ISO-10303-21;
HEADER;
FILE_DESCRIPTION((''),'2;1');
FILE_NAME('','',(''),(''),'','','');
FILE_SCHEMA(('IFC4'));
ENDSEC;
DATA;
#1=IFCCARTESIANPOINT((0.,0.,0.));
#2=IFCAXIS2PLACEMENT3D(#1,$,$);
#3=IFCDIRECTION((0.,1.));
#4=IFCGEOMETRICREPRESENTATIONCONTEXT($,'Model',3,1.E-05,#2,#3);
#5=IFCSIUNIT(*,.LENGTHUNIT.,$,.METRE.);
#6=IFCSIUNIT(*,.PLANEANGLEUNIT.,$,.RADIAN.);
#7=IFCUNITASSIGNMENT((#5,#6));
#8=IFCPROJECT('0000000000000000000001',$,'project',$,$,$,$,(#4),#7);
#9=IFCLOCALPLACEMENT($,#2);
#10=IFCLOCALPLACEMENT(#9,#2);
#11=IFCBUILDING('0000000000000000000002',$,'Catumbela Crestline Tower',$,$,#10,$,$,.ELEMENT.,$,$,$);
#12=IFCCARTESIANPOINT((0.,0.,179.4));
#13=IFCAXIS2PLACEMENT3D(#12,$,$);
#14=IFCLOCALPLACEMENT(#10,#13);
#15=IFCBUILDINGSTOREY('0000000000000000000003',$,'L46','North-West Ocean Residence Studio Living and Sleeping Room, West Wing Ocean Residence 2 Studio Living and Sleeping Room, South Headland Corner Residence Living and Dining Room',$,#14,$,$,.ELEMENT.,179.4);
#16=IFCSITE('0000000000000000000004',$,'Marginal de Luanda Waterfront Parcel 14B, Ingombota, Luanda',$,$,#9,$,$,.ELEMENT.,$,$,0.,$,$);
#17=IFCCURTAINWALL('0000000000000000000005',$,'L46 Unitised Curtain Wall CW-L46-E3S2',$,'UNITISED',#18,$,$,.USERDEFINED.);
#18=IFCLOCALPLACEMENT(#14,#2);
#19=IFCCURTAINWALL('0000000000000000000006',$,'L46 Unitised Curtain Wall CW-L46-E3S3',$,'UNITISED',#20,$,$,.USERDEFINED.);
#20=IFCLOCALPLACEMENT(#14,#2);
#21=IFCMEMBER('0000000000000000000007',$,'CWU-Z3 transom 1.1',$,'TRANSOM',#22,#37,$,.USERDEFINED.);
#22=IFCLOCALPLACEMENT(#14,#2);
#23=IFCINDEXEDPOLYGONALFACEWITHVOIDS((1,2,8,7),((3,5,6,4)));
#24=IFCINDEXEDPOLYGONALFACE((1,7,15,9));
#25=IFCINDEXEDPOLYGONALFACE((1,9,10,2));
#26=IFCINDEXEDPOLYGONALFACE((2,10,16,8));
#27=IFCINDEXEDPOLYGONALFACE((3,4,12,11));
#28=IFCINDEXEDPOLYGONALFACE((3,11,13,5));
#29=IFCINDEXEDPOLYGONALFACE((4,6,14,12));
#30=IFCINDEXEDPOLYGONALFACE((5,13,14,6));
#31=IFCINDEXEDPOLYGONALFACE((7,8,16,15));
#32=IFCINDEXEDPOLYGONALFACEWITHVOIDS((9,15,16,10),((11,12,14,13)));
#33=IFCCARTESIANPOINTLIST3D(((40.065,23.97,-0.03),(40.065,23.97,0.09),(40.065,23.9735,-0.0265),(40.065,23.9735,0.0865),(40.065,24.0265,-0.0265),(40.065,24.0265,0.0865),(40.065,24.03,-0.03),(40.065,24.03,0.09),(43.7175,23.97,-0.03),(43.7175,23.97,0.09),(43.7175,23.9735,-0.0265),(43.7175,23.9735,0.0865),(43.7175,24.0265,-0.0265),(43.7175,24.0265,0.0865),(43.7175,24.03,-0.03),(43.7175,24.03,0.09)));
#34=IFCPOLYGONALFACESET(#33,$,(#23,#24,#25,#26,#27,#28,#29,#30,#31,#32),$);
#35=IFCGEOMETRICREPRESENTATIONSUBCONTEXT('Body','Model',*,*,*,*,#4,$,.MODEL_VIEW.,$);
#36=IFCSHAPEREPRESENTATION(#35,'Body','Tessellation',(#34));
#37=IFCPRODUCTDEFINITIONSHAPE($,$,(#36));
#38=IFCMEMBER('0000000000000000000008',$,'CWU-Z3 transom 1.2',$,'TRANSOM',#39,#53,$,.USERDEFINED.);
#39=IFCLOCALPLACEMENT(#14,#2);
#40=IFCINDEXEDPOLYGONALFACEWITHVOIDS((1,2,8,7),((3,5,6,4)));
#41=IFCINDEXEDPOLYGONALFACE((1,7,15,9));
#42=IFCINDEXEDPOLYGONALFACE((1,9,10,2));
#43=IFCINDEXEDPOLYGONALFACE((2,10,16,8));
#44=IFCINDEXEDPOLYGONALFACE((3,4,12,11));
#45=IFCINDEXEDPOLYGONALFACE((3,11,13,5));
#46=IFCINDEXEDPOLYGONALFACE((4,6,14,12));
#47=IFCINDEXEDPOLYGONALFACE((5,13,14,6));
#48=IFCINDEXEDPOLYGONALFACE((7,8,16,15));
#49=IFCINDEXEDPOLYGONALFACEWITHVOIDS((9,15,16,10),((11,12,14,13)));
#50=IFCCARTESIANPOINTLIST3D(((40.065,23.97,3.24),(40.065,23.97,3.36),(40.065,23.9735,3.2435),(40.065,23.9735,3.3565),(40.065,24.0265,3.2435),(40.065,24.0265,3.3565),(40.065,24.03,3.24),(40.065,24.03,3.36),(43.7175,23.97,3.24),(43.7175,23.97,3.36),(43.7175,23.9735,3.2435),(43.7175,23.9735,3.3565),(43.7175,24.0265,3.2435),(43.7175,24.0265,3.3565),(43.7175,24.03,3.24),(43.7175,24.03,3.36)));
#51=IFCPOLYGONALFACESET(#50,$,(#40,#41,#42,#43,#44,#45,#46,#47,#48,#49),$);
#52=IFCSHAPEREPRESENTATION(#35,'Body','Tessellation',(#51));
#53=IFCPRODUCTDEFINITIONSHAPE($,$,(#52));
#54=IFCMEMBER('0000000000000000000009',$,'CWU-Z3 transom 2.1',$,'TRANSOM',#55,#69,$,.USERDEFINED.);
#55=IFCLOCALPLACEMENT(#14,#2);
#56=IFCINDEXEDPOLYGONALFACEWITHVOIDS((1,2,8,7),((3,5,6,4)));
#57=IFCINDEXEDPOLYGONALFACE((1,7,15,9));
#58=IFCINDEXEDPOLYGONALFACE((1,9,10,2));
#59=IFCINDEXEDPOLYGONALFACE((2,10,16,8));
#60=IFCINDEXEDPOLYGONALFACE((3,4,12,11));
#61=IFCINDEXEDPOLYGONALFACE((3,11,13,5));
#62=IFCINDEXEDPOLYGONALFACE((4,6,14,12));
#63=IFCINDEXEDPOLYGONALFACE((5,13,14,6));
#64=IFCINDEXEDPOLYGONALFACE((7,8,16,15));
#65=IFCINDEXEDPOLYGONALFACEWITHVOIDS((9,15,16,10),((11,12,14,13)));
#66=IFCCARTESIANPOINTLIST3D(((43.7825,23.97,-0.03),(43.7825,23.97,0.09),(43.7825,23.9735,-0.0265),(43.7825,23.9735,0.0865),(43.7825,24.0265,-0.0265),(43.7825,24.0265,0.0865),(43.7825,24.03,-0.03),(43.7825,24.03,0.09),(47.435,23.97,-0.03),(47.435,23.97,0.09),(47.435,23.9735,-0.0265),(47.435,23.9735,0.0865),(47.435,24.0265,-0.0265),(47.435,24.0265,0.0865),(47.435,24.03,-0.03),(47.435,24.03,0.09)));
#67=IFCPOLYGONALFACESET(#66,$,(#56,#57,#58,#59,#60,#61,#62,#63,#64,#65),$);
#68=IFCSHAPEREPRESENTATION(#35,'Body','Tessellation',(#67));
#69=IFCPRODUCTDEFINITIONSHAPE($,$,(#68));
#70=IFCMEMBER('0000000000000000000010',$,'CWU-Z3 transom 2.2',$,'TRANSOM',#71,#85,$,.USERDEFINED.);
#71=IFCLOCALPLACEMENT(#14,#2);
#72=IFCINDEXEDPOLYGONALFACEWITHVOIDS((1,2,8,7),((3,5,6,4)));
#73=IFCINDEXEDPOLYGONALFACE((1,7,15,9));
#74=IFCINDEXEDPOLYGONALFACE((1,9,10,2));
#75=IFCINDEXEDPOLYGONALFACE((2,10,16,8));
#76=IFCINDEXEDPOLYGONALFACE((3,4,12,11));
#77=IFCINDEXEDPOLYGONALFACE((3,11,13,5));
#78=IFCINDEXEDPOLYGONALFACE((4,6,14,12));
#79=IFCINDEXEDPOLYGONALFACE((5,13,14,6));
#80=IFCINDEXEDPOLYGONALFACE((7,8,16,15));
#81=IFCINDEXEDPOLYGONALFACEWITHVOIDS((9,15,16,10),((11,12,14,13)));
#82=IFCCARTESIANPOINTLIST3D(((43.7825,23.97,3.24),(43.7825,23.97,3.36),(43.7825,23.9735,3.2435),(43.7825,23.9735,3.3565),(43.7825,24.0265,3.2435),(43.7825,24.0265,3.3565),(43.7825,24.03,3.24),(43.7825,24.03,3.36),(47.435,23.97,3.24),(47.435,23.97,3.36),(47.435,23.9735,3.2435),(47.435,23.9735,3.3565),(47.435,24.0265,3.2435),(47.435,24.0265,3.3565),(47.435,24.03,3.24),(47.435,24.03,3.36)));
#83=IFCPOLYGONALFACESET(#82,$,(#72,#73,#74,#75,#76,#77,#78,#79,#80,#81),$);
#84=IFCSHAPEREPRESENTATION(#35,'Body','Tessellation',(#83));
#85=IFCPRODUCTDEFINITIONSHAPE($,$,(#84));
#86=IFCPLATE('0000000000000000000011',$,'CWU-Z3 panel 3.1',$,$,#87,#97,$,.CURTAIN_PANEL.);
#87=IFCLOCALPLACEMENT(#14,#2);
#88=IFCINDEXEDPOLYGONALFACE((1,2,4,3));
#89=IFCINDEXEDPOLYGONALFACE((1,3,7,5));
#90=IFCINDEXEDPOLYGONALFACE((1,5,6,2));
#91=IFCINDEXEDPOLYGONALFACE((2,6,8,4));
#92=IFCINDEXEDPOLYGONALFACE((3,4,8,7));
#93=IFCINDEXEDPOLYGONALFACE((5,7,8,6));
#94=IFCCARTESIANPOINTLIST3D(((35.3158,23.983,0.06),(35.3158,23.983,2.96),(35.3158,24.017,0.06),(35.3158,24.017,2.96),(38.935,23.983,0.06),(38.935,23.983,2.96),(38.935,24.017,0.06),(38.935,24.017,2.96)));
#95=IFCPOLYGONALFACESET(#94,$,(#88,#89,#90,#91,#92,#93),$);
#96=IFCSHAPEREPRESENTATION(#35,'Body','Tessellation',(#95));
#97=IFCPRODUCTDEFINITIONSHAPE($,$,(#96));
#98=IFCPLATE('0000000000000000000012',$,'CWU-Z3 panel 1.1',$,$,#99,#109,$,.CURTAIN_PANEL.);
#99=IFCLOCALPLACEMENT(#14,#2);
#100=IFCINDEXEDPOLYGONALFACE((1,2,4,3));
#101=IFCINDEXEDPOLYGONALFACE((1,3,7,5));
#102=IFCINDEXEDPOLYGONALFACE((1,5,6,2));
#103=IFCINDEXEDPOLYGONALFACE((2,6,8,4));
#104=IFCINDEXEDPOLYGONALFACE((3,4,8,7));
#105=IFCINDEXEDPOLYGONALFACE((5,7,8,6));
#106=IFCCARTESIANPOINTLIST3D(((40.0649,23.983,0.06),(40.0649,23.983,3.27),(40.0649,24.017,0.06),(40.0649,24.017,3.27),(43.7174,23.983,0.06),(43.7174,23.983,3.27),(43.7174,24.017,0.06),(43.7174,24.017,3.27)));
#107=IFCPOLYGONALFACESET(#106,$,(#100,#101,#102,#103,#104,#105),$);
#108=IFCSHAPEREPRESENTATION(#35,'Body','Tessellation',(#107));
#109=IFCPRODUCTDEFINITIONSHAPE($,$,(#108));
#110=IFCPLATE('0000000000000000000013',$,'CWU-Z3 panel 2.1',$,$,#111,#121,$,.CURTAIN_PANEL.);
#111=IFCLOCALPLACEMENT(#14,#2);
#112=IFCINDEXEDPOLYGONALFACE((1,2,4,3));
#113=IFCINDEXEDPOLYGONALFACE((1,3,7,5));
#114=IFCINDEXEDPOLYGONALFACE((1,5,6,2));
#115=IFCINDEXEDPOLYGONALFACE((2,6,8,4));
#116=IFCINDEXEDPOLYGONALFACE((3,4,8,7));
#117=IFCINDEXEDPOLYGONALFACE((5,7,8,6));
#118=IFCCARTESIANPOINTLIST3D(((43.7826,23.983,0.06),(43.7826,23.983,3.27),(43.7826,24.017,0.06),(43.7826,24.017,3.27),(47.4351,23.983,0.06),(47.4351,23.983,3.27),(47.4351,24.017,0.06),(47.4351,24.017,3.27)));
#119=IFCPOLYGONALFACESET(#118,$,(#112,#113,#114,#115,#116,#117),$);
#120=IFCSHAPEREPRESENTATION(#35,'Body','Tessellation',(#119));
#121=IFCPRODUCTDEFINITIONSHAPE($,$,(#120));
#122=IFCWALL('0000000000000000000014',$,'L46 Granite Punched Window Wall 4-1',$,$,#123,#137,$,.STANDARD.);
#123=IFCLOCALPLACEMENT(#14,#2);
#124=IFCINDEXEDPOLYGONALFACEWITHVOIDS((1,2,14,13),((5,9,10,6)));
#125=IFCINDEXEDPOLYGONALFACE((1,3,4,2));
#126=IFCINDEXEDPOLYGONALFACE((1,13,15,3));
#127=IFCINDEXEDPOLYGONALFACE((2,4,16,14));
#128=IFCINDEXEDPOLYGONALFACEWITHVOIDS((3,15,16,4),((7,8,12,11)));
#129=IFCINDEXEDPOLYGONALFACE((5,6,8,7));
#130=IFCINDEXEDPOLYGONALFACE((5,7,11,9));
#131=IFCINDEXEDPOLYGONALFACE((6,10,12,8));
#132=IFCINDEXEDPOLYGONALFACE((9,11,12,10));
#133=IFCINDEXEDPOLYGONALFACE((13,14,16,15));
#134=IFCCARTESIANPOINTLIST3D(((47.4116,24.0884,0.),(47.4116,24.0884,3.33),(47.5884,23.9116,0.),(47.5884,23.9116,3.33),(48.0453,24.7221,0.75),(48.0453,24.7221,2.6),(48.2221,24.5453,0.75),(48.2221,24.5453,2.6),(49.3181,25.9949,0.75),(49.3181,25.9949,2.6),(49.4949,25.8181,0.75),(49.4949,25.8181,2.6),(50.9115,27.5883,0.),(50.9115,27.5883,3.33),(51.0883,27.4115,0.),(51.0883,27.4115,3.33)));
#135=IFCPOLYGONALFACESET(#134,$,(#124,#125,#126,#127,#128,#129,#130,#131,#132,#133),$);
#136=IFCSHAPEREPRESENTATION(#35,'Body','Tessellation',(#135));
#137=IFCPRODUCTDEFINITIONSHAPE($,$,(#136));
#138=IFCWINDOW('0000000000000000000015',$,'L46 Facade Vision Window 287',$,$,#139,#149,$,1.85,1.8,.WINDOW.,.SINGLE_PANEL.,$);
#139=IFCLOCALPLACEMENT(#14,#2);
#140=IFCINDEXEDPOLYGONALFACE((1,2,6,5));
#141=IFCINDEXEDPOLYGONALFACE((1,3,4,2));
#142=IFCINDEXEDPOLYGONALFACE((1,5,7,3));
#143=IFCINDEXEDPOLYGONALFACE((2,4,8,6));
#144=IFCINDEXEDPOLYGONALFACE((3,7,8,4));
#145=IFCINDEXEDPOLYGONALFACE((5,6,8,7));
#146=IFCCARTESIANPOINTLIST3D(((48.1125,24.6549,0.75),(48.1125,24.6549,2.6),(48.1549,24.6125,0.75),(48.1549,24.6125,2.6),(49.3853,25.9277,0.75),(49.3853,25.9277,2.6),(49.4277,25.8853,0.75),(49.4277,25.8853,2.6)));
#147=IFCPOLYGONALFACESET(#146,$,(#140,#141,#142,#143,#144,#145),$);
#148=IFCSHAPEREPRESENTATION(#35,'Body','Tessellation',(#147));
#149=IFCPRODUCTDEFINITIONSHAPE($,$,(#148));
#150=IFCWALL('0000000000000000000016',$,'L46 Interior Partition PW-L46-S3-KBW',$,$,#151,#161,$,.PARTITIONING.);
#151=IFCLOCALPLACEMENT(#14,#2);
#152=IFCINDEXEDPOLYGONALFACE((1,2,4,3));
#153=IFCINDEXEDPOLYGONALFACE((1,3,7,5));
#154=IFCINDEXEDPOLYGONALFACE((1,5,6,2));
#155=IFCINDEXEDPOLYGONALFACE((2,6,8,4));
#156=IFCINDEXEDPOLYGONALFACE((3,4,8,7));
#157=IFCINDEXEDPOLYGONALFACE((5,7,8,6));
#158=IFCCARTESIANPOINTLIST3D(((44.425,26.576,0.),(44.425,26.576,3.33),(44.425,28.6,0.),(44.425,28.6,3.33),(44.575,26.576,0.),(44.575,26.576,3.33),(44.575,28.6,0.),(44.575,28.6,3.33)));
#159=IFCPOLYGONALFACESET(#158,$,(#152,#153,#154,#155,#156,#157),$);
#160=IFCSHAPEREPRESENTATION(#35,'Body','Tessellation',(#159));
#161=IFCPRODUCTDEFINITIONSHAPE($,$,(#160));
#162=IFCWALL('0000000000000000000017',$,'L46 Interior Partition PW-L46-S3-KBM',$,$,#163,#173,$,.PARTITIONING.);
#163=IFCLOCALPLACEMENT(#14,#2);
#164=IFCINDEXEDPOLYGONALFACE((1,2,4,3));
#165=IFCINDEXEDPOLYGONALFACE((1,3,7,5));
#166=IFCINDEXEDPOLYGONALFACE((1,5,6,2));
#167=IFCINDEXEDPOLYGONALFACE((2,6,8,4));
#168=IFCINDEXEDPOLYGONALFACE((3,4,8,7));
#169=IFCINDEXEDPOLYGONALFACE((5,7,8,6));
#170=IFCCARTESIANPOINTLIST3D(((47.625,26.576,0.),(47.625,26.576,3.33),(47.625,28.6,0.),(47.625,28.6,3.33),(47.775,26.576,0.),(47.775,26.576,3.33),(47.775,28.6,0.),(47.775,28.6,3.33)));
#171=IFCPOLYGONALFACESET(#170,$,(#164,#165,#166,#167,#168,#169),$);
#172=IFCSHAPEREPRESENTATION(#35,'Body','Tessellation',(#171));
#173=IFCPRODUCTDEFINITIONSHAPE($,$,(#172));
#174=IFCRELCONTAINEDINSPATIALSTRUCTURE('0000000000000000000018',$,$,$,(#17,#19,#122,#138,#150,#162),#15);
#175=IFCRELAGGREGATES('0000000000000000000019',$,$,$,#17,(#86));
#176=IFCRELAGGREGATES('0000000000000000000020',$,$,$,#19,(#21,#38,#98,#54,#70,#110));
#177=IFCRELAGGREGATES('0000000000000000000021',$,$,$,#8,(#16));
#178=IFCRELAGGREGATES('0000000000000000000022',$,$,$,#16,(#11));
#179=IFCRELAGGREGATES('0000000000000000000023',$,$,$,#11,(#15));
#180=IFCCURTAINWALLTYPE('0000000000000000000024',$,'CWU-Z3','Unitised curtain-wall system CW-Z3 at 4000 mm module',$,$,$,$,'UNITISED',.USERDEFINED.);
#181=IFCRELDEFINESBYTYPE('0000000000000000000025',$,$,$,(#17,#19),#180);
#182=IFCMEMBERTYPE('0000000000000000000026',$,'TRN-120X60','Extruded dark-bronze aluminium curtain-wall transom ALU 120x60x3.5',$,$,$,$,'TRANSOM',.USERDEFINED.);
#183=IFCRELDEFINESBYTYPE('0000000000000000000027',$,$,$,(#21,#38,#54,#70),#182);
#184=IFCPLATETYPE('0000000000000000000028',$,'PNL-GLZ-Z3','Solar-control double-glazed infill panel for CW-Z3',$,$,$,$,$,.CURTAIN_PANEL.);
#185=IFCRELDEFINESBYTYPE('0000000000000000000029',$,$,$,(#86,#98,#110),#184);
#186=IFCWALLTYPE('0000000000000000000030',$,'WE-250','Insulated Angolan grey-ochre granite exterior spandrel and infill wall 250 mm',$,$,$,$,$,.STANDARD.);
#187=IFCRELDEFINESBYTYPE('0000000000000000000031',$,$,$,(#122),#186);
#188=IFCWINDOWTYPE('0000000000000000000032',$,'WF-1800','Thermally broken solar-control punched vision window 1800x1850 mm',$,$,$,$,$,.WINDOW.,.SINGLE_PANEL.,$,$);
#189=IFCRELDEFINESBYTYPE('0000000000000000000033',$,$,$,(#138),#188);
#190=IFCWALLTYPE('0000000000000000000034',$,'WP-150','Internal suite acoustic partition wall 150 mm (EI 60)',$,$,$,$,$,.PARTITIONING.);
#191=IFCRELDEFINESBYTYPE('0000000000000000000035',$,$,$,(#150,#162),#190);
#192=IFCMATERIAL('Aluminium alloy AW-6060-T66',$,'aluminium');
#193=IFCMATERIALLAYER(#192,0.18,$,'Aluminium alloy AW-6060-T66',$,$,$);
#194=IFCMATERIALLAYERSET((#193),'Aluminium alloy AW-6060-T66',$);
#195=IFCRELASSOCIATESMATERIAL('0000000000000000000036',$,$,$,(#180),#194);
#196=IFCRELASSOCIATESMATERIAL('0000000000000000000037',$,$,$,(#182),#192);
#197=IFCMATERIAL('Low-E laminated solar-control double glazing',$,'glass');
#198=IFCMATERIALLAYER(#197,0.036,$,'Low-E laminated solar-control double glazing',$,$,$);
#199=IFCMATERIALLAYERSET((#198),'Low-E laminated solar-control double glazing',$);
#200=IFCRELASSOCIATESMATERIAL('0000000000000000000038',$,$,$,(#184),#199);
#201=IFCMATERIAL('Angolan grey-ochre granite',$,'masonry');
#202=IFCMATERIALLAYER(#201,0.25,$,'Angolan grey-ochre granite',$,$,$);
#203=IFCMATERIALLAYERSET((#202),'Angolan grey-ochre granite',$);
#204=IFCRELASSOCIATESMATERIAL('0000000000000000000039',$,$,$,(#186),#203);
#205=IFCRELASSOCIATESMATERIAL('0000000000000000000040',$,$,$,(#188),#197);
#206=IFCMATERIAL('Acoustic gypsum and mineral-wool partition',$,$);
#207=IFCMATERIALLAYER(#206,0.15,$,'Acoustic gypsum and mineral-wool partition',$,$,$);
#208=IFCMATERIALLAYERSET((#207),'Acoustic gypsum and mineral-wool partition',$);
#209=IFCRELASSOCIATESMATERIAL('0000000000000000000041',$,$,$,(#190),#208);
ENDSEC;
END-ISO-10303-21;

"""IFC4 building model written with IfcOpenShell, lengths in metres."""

from ifc_helpers import new_model, si_unit, direction, frame, frame_2d, origin, origin_2d, place, context, subcontext, project, spatial, rectangle, hollow_rectangle, extrude, material, layer, layer_set, material_profile, profile_set, type_object, element, fill, aggregate, save


model = new_model("IFC4")

# Units and contexts
model_context = context("Model", 3, precision=1e-05, world=origin(), true_north=direction((0.0, 1.0)))
body_context = subcontext(model_context, "Body", "Model", "MODEL_VIEW")
ifc_project = project(units=[si_unit("LENGTHUNIT", "METRE"), si_unit("PLANEANGLEUNIT", "RADIAN")], contexts=[model_context])

# Site, building, storey
site_placement = place(None, origin())
site = spatial("IfcSite", under=ifc_project, at=site_placement, Name="Marginal de Luanda Waterfront Parcel 14B, Ingombota, Luanda", CompositionType="ELEMENT", RefElevation=0.0)
building_placement = place(site_placement, origin())
building = spatial("IfcBuilding", under=site, at=building_placement, Name="Catumbela Crestline Tower", CompositionType="ELEMENT")
storey_placement = place(building_placement, frame((0.0, 0.0, 179.4)))
storey = spatial("IfcBuildingStorey", under=building, at=storey_placement, Name="L46", Description="North-West Ocean Residence Studio Living and Sleeping Room, West Wing Ocean Residence 2 Studio Living and Sleeping Room, South Headland Corner Residence Living and Dining Room", CompositionType="ELEMENT", Elevation=179.4)

# Curtain wall
ifc_material_1 = material(Name="Aluminium alloy AW-6060-T66", Category="aluminium")
ifc_layer_1 = layer(ifc_material_1, 0.18, Name="Aluminium alloy AW-6060-T66")
ifc_layer_set_1 = layer_set([ifc_layer_1], Name="Aluminium alloy AW-6060-T66")
curtain_wall_type = type_object("IfcCurtainWallType", Name="CWU-Z3", Description="Unitised curtain-wall system CW-Z3 at 4000 mm module", ElementType="UNITISED", PredefinedType="USERDEFINED", material=ifc_layer_set_1)
curtain_wall_1_placement = place(storey_placement, origin())
curtain_wall_1 = element("IfcCurtainWall", 1, at=curtain_wall_1_placement, inside=storey, type_object=curtain_wall_type, Name="L46 Unitised Curtain Wall CW-L46-E3S2", ObjectType="UNITISED", PredefinedType="USERDEFINED")

# Curtain wall, members
curtain_wall_2_placement = place(storey_placement, origin())
curtain_wall_2 = element("IfcCurtainWall", 2, at=curtain_wall_2_placement, inside=storey, type_object=curtain_wall_type, Name="L46 Unitised Curtain Wall CW-L46-E3S3", ObjectType="UNITISED", PredefinedType="USERDEFINED")
ifc_material_profile_1 = material_profile(ifc_material_1, hollow_rectangle(XDim=0.06, YDim=0.12, WallThickness=0.0035, at=origin_2d()), Name="ALU 120x60x3.5")
ifc_profile_set_1 = profile_set([ifc_material_profile_1], Name="Aluminium alloy AW-6060-T66")
member_type_1 = type_object("IfcMemberType", Name="TRN-120X60", Description="Extruded dark-bronze aluminium curtain-wall transom ALU 120x60x3.5", ElementType="TRANSOM", PredefinedType="USERDEFINED", material=ifc_profile_set_1)
member_1_placement = place(storey_placement, frame((40.065, 24.0, 0.03), z_axis=(1.0, 0.0, 0.0), x_axis=(0.0, 1.0, 0.0)))
member_1 = element("IfcMember", 3, at=member_1_placement, type_object=member_type_1, Name="CWU-Z3 transom 1.1", ObjectType="TRANSOM", PredefinedType="USERDEFINED", context=body_context, shape_type="SweptSolid", body=[
    extrude(hollow_rectangle(XDim=0.06, YDim=0.12, WallThickness=0.0035, at=origin_2d()), origin(), (0.0, 0.0, 1.0), 3.6525),
])
member_2_placement = place(storey_placement, frame((40.065, 24.0, 3.3), z_axis=(1.0, 0.0, 0.0), x_axis=(0.0, 1.0, 0.0)))
member_2 = element("IfcMember", 4, at=member_2_placement, type_object=member_type_1, Name="CWU-Z3 transom 1.2", ObjectType="TRANSOM", PredefinedType="USERDEFINED", context=body_context, shape_type="SweptSolid", body=[
    extrude(hollow_rectangle(XDim=0.06, YDim=0.12, WallThickness=0.0035, at=origin_2d()), origin(), (0.0, 0.0, 1.0), 3.6525),
])
member_3_placement = place(storey_placement, frame((43.7825, 24.0, 0.03), z_axis=(1.0, 0.0, 0.0), x_axis=(0.0, 1.0, 0.0)))
member_3 = element("IfcMember", 5, at=member_3_placement, type_object=member_type_1, Name="CWU-Z3 transom 2.1", ObjectType="TRANSOM", PredefinedType="USERDEFINED", context=body_context, shape_type="SweptSolid", body=[
    extrude(hollow_rectangle(XDim=0.06, YDim=0.12, WallThickness=0.0035, at=origin_2d()), origin(), (0.0, 0.0, 1.0), 3.6525),
])
member_4_placement = place(storey_placement, frame((43.7825, 24.0, 3.3), z_axis=(1.0, 0.0, 0.0), x_axis=(0.0, 1.0, 0.0)))
member_4 = element("IfcMember", 6, at=member_4_placement, type_object=member_type_1, Name="CWU-Z3 transom 2.2", ObjectType="TRANSOM", PredefinedType="USERDEFINED", context=body_context, shape_type="SweptSolid", body=[
    extrude(hollow_rectangle(XDim=0.06, YDim=0.12, WallThickness=0.0035, at=origin_2d()), origin(), (0.0, 0.0, 1.0), 3.6525),
])

# Plates
ifc_material_2 = material(Name="Low-E laminated solar-control double glazing", Category="glass")
ifc_layer_2 = layer(ifc_material_2, 0.036, Name="Low-E laminated solar-control double glazing")
ifc_layer_set_2 = layer_set([ifc_layer_2], Name="Low-E laminated solar-control double glazing")
plate_type = type_object("IfcPlateType", Name="PNL-GLZ-Z3", Description="Solar-control double-glazed infill panel for CW-Z3", PredefinedType="CURTAIN_PANEL", material=ifc_layer_set_2)
plate_1_placement = place(storey_placement, frame((37.1254, 24.0, 0.06), z_axis=(0.0, 0.0, 1.0), x_axis=(1.0, 0.0, 0.0)))
plate_1 = element("IfcPlate", 7, at=plate_1_placement, type_object=plate_type, Name="CWU-Z3 panel 3.1", PredefinedType="CURTAIN_PANEL", context=body_context, shape_type="SweptSolid", body=[
    extrude(rectangle(XDim=3.6192, YDim=0.034, at=origin_2d()), origin(), (0.0, 0.0, 1.0), 2.9),
])
aggregate(curtain_wall_1, [plate_1])
plate_2_placement = place(storey_placement, frame((41.8912, 24.0, 0.06), z_axis=(0.0, 0.0, 1.0), x_axis=(1.0, 0.0, 0.0)))
plate_2 = element("IfcPlate", 8, at=plate_2_placement, type_object=plate_type, Name="CWU-Z3 panel 1.1", PredefinedType="CURTAIN_PANEL", context=body_context, shape_type="SweptSolid", body=[
    extrude(rectangle(XDim=3.6525, YDim=0.034, at=origin_2d()), origin(), (0.0, 0.0, 1.0), 3.21),
])
plate_3_placement = place(storey_placement, frame((45.6088, 24.0, 0.06), z_axis=(0.0, 0.0, 1.0), x_axis=(1.0, 0.0, 0.0)))
plate_3 = element("IfcPlate", 9, at=plate_3_placement, type_object=plate_type, Name="CWU-Z3 panel 2.1", PredefinedType="CURTAIN_PANEL", context=body_context, shape_type="SweptSolid", body=[
    extrude(rectangle(XDim=3.6525, YDim=0.034, at=origin_2d()), origin(), (0.0, 0.0, 1.0), 3.21),
])
aggregate(curtain_wall_2, [member_1, member_2, plate_2, member_3, member_4, plate_3])

# Wall, opening, window
ifc_material_3 = material(Name="Angolan grey-ochre granite", Category="masonry")
ifc_layer_3 = layer(ifc_material_3, 0.25, Name="Angolan grey-ochre granite")
ifc_layer_set_3 = layer_set([ifc_layer_3], Name="Angolan grey-ochre granite")
wall_type_1 = type_object("IfcWallType", Name="WE-250", Description="Insulated Angolan grey-ochre granite exterior spandrel and infill wall 250 mm", PredefinedType="STANDARD", material=ifc_layer_set_3)
wall_1_placement = place(storey_placement, frame((47.5, 24.0, 0.0), z_axis=(0.0, 0.0, 1.0), x_axis=(0.707107, 0.707107, 0.0)))
wall_1 = element("IfcWall", 10, at=wall_1_placement, inside=storey, type_object=wall_type_1, Name="L46 Granite Punched Window Wall 4-1", PredefinedType="STANDARD", context=body_context, shape_type="SweptSolid", body=[
    extrude(rectangle(XDim=4.9497, YDim=0.25, at=frame_2d((2.4748, 0.0))), origin(), (0.0, 0.0, 1.0), 3.33),
])
opening_1_placement = place(wall_1_placement, frame((0.8962, 0.0, 0.75)))
opening_1 = element("IfcOpeningElement", 11, at=opening_1_placement, cuts=wall_1, PredefinedType="OPENING", context=body_context, shape_type="SweptSolid", body=[
    extrude(rectangle(XDim=1.8, YDim=1.85, at=frame_2d((0.9, 0.925))), frame((0.0, 0.135, 0.0), z_axis=(0.0, -1.0, 0.0), x_axis=(1.0, 0.0, 0.0)), (0.0, 0.0, 1.0), 0.27),
])
window_type = type_object("IfcWindowType", Name="WF-1800", Description="Thermally broken solar-control punched vision window 1800x1850 mm", PartitioningType="SINGLE_PANEL", PredefinedType="WINDOW", material=ifc_material_2)
window_placement = place(opening_1_placement, origin())
window = element("IfcWindow", 12, at=window_placement, inside=storey, type_object=window_type, Name="L46 Facade Vision Window 287", OverallHeight=1.85, OverallWidth=1.8, PartitioningType="SINGLE_PANEL", PredefinedType="WINDOW", context=body_context, shape_type="SweptSolid", body=[
    extrude(rectangle(XDim=1.8, YDim=1.85, at=frame_2d((0.9, 0.925))), frame((0.0, 0.03, 0.0), z_axis=(0.0, -1.0, 0.0), x_axis=(1.0, 0.0, 0.0)), (0.0, 0.0, 1.0), 0.06),
])
fill(opening_1, window)

# Walls
ifc_material_4 = material(Name="Acoustic gypsum and mineral-wool partition")
ifc_layer_4 = layer(ifc_material_4, 0.15, Name="Acoustic gypsum and mineral-wool partition")
ifc_layer_set_4 = layer_set([ifc_layer_4], Name="Acoustic gypsum and mineral-wool partition")
wall_type_2 = type_object("IfcWallType", Name="WP-150", Description="Internal suite acoustic partition wall 150 mm (EI 60)", PredefinedType="PARTITIONING", material=ifc_layer_set_4)
for number, where, z_axis, x_axis, name in (
    (13, (44.5, 26.576, 0.0), (0.0, 0.0, 1.0), (0.0, 1.0, 0.0), "L46 Interior Partition PW-L46-S3-KBW"),
    (14, (47.7, 26.576, 0.0), (0.0, 0.0, 1.0), (0.0, 1.0, 0.0), "L46 Interior Partition PW-L46-S3-KBM"),
):
    element("IfcWall", number, at=place(storey_placement, frame(where, z_axis=z_axis, x_axis=x_axis)), inside=storey, type_object=wall_type_2, Name=name, PredefinedType="PARTITIONING", context=body_context, shape_type="SweptSolid", body=[
        extrude(rectangle(XDim=2.024, YDim=0.15, at=frame_2d((1.012, 0.0))), origin(), (0.0, 0.0, 1.0), 3.33),
    ])

save(model, "model.ifc")
